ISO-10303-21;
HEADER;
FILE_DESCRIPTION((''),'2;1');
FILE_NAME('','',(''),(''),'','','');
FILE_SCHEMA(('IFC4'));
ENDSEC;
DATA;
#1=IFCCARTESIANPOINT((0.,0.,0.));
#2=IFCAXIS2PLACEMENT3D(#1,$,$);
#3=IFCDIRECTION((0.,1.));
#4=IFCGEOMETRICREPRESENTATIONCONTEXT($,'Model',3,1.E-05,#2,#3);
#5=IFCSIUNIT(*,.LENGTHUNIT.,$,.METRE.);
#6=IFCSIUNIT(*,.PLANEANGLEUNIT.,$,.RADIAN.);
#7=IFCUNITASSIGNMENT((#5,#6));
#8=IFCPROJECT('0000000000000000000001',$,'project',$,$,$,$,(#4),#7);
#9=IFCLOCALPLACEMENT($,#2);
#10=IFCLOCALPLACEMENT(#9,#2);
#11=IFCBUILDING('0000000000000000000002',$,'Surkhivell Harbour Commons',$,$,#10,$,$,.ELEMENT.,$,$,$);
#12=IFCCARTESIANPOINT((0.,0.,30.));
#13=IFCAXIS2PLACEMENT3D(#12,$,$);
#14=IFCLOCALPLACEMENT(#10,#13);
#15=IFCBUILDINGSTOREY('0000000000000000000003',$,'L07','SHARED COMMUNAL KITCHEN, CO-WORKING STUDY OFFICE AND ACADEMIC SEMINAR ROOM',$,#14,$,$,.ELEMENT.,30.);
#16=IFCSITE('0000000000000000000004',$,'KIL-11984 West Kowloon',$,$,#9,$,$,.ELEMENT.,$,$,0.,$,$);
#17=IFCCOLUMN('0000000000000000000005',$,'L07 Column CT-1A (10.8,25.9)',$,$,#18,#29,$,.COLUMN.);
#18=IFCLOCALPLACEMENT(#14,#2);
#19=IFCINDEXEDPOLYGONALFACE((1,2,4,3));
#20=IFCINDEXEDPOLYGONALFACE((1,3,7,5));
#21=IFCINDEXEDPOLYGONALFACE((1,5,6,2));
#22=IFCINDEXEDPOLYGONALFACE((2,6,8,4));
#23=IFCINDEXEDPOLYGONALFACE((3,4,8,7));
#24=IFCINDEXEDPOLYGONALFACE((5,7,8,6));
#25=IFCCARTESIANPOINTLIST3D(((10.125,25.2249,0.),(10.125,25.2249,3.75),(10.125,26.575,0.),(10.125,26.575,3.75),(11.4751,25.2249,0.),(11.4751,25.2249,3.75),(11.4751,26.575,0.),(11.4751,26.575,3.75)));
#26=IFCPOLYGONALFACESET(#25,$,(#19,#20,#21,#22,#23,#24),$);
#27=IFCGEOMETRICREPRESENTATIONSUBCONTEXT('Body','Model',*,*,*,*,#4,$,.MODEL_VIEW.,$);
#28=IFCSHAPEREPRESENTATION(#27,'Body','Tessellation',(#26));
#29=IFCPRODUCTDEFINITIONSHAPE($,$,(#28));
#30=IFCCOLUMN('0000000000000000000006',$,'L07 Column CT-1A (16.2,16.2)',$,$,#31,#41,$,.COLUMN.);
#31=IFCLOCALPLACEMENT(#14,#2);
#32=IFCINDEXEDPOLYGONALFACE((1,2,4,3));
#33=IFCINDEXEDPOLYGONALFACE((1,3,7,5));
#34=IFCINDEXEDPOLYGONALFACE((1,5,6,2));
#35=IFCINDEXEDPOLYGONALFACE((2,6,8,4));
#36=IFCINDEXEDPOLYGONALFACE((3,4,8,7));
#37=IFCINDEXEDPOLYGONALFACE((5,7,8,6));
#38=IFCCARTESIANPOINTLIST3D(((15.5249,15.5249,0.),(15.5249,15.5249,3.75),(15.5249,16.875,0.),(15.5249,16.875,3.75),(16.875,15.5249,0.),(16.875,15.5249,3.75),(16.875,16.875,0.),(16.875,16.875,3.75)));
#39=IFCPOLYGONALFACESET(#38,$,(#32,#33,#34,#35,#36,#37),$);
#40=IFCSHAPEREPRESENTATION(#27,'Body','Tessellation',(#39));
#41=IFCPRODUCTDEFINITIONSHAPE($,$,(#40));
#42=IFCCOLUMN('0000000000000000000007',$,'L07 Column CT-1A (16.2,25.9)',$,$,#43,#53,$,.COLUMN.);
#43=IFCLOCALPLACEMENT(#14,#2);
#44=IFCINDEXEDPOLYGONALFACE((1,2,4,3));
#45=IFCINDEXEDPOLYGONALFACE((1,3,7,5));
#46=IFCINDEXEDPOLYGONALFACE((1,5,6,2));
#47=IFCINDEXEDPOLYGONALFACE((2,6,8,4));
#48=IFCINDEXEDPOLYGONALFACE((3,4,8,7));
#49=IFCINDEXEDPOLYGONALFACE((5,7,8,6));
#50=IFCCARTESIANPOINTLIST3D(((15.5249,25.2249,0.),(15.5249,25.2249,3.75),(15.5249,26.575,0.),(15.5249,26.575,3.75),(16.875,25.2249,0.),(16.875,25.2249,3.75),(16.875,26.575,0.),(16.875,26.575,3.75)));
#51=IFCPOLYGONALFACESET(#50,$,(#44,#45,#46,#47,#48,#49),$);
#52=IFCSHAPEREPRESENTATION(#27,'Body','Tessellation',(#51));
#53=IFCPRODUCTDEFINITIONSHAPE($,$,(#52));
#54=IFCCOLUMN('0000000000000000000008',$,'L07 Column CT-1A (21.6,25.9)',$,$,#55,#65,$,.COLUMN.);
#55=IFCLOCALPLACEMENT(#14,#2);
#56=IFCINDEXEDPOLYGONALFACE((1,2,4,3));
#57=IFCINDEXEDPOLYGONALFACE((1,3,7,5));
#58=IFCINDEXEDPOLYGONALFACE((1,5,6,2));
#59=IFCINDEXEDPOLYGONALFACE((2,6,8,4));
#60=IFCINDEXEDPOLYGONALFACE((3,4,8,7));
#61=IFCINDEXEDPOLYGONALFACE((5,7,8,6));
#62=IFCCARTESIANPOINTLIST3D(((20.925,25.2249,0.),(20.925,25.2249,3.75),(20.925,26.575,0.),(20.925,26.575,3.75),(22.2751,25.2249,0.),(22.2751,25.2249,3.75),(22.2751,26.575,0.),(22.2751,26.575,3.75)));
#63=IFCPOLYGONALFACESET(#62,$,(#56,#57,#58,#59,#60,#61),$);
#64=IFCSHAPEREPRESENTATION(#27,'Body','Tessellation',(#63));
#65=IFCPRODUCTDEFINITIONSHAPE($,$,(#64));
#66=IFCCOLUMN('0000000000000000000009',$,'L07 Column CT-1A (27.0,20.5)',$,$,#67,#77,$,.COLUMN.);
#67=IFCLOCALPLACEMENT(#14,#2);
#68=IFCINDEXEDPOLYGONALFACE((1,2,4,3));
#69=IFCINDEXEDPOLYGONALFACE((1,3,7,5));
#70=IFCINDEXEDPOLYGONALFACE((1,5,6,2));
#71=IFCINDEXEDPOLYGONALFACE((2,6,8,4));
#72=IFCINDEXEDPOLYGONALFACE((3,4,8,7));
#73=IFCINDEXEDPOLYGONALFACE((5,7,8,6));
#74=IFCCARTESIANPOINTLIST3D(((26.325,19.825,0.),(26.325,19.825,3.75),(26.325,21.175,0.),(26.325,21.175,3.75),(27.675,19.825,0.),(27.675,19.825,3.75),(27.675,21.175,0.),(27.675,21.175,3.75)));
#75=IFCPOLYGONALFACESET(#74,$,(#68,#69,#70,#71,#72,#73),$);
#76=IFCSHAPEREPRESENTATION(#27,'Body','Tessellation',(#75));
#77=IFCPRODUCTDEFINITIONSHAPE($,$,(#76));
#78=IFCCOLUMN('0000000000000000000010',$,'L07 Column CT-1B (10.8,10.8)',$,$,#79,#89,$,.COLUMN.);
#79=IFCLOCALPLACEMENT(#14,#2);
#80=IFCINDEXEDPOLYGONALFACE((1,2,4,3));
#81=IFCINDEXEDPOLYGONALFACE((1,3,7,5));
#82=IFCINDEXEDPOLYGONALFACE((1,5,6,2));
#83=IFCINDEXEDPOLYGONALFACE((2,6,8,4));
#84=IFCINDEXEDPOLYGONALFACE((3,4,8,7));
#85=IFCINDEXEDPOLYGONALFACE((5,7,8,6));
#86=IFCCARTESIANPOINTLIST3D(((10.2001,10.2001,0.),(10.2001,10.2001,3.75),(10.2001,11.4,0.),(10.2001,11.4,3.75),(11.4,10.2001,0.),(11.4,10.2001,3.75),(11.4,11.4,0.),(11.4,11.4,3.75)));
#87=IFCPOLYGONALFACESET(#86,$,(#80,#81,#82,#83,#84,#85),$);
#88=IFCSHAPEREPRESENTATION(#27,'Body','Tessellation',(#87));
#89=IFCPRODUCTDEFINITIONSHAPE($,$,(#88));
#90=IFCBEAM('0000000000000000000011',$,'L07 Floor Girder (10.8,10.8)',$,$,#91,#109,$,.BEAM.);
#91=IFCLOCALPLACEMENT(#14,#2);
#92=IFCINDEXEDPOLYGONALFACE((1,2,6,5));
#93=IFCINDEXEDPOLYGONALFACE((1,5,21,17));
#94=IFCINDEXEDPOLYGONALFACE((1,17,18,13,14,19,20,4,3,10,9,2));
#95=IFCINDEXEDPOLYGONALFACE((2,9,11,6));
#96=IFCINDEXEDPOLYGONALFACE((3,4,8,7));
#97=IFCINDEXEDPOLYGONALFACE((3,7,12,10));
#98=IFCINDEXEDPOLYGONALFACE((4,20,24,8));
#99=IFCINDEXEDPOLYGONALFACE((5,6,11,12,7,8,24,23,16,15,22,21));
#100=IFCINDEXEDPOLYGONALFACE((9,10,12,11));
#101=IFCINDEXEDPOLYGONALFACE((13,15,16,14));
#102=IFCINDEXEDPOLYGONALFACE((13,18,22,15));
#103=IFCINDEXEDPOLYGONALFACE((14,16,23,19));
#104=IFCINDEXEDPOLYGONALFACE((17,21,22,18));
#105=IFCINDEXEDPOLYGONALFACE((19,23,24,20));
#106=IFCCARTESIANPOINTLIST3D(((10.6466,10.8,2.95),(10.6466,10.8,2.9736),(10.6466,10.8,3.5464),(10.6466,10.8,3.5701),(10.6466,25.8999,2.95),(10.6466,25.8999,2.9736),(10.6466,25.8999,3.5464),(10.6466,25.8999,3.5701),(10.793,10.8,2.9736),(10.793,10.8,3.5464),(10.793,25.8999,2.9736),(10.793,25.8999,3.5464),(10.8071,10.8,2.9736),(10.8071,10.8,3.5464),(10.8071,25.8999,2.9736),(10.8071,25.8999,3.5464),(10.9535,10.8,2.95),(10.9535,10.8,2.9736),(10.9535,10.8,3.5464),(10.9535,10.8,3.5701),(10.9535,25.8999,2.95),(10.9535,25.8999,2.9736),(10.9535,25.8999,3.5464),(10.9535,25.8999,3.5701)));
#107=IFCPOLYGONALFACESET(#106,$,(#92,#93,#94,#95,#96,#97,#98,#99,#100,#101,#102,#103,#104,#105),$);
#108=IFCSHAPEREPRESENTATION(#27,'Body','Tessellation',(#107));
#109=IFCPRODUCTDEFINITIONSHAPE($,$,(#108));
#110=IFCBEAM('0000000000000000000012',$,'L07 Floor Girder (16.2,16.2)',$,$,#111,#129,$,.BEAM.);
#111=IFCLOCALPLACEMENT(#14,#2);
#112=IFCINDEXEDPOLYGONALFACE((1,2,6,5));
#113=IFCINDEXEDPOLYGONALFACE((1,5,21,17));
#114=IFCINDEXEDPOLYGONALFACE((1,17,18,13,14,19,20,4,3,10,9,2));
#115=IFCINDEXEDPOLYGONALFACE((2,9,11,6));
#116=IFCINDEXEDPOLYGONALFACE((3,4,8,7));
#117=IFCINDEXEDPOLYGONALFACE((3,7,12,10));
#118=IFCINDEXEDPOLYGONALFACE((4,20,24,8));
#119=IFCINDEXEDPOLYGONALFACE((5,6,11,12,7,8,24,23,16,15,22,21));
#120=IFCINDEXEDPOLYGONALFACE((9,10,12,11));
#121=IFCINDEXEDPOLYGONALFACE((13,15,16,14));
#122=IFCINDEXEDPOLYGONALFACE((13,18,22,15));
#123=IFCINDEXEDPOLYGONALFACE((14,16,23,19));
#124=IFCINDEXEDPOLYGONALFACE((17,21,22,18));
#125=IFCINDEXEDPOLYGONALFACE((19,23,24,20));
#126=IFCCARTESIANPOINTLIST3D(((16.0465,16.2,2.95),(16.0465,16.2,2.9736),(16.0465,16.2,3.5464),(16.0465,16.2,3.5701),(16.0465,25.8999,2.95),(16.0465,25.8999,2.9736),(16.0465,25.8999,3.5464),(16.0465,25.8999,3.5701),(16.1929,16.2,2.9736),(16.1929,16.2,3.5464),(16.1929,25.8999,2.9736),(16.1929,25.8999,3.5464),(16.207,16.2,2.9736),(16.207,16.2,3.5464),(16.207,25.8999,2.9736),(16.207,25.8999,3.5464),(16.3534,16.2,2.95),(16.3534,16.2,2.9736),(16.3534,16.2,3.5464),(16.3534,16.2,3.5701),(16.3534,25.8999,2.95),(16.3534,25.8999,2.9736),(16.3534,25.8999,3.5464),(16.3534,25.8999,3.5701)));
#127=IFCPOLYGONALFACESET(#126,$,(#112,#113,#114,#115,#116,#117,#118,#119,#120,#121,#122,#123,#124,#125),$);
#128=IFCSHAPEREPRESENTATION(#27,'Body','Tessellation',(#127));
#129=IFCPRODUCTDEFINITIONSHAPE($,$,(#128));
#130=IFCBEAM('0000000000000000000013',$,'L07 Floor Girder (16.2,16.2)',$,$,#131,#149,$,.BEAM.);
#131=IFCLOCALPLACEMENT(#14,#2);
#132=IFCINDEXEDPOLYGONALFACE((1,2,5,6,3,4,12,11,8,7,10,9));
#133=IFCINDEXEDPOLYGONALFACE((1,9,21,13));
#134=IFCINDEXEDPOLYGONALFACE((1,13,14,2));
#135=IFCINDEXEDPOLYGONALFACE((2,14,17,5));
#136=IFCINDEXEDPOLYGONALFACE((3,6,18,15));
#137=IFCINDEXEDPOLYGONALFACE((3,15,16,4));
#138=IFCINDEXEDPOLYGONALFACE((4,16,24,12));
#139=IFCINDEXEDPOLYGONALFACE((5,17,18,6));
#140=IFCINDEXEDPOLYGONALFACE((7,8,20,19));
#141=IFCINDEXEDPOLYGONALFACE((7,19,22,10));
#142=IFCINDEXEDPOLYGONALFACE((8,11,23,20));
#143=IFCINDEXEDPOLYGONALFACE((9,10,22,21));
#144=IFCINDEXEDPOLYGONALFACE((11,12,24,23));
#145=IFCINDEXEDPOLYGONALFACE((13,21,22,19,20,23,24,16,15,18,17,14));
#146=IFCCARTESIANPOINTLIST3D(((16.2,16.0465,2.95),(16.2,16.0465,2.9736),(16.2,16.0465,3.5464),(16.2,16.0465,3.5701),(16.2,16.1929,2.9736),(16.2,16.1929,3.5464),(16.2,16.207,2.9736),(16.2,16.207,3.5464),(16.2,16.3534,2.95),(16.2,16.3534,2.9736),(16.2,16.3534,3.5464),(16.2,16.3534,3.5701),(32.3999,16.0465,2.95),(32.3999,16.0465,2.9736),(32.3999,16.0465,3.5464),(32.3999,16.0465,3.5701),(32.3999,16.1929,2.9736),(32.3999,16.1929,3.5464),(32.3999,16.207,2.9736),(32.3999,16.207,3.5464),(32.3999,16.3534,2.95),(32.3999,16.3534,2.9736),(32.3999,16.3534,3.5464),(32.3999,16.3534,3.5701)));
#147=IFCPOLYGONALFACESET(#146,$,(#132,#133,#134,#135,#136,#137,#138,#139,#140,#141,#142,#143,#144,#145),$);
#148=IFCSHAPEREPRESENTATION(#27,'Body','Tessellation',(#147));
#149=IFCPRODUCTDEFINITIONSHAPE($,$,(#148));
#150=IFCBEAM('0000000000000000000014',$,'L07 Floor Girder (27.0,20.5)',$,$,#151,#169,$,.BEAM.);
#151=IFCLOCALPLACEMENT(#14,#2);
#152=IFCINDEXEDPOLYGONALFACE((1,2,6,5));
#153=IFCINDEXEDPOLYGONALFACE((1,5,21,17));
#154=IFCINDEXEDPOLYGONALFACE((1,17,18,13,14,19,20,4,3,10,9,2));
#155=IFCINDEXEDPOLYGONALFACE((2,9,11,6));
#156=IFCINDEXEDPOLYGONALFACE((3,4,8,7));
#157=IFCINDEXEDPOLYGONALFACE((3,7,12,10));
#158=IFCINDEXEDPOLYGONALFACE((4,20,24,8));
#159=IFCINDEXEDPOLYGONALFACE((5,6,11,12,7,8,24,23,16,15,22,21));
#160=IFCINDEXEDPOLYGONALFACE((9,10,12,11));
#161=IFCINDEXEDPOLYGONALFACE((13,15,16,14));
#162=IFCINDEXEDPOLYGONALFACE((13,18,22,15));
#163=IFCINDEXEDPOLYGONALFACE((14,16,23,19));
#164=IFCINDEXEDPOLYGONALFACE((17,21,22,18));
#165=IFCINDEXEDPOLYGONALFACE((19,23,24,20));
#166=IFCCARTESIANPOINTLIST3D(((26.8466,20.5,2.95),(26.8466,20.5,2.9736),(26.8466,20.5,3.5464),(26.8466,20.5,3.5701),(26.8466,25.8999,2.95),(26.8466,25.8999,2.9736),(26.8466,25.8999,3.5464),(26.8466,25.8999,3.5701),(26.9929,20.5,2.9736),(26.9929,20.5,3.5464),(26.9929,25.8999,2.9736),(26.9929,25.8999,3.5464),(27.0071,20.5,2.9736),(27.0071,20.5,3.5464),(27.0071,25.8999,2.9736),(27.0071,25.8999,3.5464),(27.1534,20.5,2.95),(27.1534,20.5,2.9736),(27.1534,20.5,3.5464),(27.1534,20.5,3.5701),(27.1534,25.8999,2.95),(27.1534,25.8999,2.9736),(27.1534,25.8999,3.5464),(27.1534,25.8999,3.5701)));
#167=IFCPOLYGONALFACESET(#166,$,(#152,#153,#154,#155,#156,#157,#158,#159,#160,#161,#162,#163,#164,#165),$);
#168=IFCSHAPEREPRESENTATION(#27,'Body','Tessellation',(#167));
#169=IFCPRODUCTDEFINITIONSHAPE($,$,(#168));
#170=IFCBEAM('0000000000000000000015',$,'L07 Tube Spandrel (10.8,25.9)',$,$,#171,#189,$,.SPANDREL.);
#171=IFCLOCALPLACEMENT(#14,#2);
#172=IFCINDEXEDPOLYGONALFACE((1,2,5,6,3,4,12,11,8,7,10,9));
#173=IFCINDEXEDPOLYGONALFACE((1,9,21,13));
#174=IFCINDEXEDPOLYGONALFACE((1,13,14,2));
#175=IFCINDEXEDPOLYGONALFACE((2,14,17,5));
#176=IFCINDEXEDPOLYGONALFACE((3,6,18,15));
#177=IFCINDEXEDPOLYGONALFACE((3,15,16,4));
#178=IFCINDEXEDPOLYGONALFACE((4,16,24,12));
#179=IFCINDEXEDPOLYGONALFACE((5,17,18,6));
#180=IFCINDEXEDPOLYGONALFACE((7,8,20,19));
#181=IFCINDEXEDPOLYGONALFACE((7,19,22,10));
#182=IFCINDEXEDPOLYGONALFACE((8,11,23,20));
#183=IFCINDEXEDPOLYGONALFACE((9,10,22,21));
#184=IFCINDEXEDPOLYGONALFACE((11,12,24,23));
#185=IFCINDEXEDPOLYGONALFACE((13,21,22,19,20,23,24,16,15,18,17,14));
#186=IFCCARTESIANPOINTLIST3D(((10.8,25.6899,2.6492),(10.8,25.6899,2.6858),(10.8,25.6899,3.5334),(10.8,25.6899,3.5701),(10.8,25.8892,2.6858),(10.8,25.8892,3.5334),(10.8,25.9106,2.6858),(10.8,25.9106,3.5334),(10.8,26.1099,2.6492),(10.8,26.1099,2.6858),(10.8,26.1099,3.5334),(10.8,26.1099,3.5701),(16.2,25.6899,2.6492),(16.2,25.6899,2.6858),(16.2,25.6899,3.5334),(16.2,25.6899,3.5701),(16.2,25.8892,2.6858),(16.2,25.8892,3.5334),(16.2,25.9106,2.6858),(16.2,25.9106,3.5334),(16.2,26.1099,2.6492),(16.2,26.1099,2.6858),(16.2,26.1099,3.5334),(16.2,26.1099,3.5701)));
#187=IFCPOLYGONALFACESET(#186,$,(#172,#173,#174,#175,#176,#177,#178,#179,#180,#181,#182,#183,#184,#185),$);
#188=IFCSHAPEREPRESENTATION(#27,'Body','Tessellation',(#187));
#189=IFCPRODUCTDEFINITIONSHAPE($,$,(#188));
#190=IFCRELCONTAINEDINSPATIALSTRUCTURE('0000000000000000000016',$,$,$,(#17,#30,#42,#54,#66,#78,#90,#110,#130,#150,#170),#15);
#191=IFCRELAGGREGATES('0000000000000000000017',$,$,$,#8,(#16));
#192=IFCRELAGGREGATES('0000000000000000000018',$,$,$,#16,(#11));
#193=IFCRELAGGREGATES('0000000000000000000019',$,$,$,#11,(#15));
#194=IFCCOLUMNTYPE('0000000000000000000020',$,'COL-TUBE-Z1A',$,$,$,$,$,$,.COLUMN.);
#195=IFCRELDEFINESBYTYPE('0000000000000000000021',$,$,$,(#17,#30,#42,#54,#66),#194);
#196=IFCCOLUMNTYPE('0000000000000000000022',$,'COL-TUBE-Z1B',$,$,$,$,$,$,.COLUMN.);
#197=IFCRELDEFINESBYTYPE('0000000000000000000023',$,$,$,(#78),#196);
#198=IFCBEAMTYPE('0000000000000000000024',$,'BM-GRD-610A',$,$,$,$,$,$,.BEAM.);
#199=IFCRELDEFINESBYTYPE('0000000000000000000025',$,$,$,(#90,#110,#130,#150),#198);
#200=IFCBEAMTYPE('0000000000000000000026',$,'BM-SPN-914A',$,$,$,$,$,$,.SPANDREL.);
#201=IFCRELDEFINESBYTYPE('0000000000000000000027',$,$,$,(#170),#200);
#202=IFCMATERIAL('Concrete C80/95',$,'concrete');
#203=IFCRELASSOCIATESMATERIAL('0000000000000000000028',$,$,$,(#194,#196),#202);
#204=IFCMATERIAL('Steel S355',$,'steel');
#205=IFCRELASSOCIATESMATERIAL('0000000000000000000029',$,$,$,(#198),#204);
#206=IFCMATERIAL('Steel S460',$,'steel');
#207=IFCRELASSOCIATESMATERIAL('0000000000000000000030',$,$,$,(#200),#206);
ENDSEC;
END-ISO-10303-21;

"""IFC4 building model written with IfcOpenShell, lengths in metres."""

from ifc_helpers import new_model, si_unit, direction, frame, origin, origin_2d, place, context, subcontext, project, spatial, rectangle, i_section, extrude, material, material_profile, profile_set, type_object, element, save


model = new_model("IFC4")

# Units and contexts
model_context = context("Model", 3, precision=1e-05, world=origin(), true_north=direction((0.0, 1.0)))
body_context = subcontext(model_context, "Body", "Model", "MODEL_VIEW")
ifc_project = project(units=[si_unit("LENGTHUNIT", "METRE"), si_unit("PLANEANGLEUNIT", "RADIAN")], contexts=[model_context])

# Site, building, storey
site_placement = place(None, origin())
site = spatial("IfcSite", under=ifc_project, at=site_placement, Name="KIL-11984 West Kowloon", CompositionType="ELEMENT", RefElevation=0.0)
building_placement = place(site_placement, origin())
building = spatial("IfcBuilding", under=site, at=building_placement, Name="Surkhivell Harbour Commons", CompositionType="ELEMENT")
storey_placement = place(building_placement, frame((0.0, 0.0, 30.0)))
storey = spatial("IfcBuildingStorey", under=building, at=storey_placement, Name="L07", Description="SHARED COMMUNAL KITCHEN, CO-WORKING STUDY OFFICE AND ACADEMIC SEMINAR ROOM", CompositionType="ELEMENT", Elevation=30.0)

# Columns
ifc_material_1 = material(Name="Concrete C80/95", Category="concrete")
ifc_material_profile_1 = material_profile(ifc_material_1, rectangle(XDim=1.3501, YDim=1.3501, at=origin_2d()), Name="RC-COL-1350x1350")
ifc_profile_set_1 = profile_set([ifc_material_profile_1], Name="Concrete C80/95")
column_type_1 = type_object("IfcColumnType", Name="COL-TUBE-Z1A", PredefinedType="COLUMN", material=ifc_profile_set_1)
for number, where, z_axis, x_axis, name in (
    (1, (10.8, 25.8999, 0.0), (0.0, 0.0, 1.0), (1.0, 0.0, 0.0), "L07 Column CT-1A (10.8,25.9)"),
    (2, (16.2, 16.2, 0.0), (0.0, 0.0, 1.0), (1.0, 0.0, 0.0), "L07 Column CT-1A (16.2,16.2)"),
    (3, (16.2, 25.8999, 0.0), (0.0, 0.0, 1.0), (1.0, 0.0, 0.0), "L07 Column CT-1A (16.2,25.9)"),
    (4, (21.6001, 25.8999, 0.0), (0.0, 0.0, 1.0), (1.0, 0.0, 0.0), "L07 Column CT-1A (21.6,25.9)"),
    (5, (27.0, 20.5, 0.0), (0.0, 0.0, 1.0), (1.0, 0.0, 0.0), "L07 Column CT-1A (27.0,20.5)"),
):
    element("IfcColumn", number, at=place(storey_placement, frame(where, z_axis=z_axis, x_axis=x_axis)), inside=storey, type_object=column_type_1, Name=name, PredefinedType="COLUMN", context=body_context, shape_type="SweptSolid", body=[
        extrude(rectangle(XDim=1.3501, YDim=1.3501, at=origin_2d()), origin(), (0.0, 0.0, 1.0), 3.75),
    ])
ifc_material_profile_2 = material_profile(ifc_material_1, rectangle(XDim=1.2, YDim=1.2, at=origin_2d()), Name="RC-COL-1200x1200")
ifc_profile_set_2 = profile_set([ifc_material_profile_2], Name="Concrete C80/95")
column_type_2 = type_object("IfcColumnType", Name="COL-TUBE-Z1B", PredefinedType="COLUMN", material=ifc_profile_set_2)
column_placement = place(storey_placement, frame((10.8, 10.8, 0.0), z_axis=(0.0, 0.0, 1.0), x_axis=(1.0, 0.0, 0.0)))
element("IfcColumn", 6, at=column_placement, inside=storey, type_object=column_type_2, Name="L07 Column CT-1B (10.8,10.8)", PredefinedType="COLUMN", context=body_context, shape_type="SweptSolid", body=[
    extrude(rectangle(XDim=1.2, YDim=1.2, at=origin_2d()), origin(), (0.0, 0.0, 1.0), 3.75),
])

# Beams
ifc_material_2 = material(Name="Steel S355", Category="steel")
ifc_material_profile_3 = material_profile(ifc_material_2, i_section(OverallWidth=0.3069, OverallDepth=0.6201, WebThickness=0.0142, FlangeThickness=0.0237, at=origin_2d()), Name="UB610x305x179")
ifc_profile_set_3 = profile_set([ifc_material_profile_3], Name="Steel S355")
beam_type_1 = type_object("IfcBeamType", Name="BM-GRD-610A", PredefinedType="BEAM", material=ifc_profile_set_3)
beam_1_placement = place(storey_placement, frame((10.8, 10.8, 3.26), z_axis=(0.0, 1.0, 0.0), x_axis=(-1.0, 0.0, 0.0)))
element("IfcBeam", 7, at=beam_1_placement, inside=storey, type_object=beam_type_1, Name="L07 Floor Girder (10.8,10.8)", PredefinedType="BEAM", context=body_context, shape_type="SweptSolid", body=[
    extrude(i_section(OverallWidth=0.3069, OverallDepth=0.6201, WebThickness=0.0142, FlangeThickness=0.0237, at=origin_2d()), origin(), (0.0, 0.0, 1.0), 15.0999),
])
beam_2_placement = place(storey_placement, frame((16.2, 16.2, 3.26), z_axis=(0.0, 1.0, 0.0), x_axis=(-1.0, 0.0, 0.0)))
element("IfcBeam", 8, at=beam_2_placement, inside=storey, type_object=beam_type_1, Name="L07 Floor Girder (16.2,16.2)", PredefinedType="BEAM", context=body_context, shape_type="SweptSolid", body=[
    extrude(i_section(OverallWidth=0.3069, OverallDepth=0.6201, WebThickness=0.0142, FlangeThickness=0.0237, at=origin_2d()), origin(), (0.0, 0.0, 1.0), 9.7),
])
beam_3_placement = place(storey_placement, frame((16.2, 16.2, 3.26), z_axis=(1.0, 0.0, 0.0), x_axis=(0.0, 1.0, 0.0)))
element("IfcBeam", 9, at=beam_3_placement, inside=storey, type_object=beam_type_1, Name="L07 Floor Girder (16.2,16.2)", PredefinedType="BEAM", context=body_context, shape_type="SweptSolid", body=[
    extrude(i_section(OverallWidth=0.3069, OverallDepth=0.6201, WebThickness=0.0142, FlangeThickness=0.0237, at=origin_2d()), origin(), (0.0, 0.0, 1.0), 16.2),
])
beam_4_placement = place(storey_placement, frame((27.0, 20.5, 3.26), z_axis=(0.0, 1.0, 0.0), x_axis=(-1.0, 0.0, 0.0)))
element("IfcBeam", 10, at=beam_4_placement, inside=storey, type_object=beam_type_1, Name="L07 Floor Girder (27.0,20.5)", PredefinedType="BEAM", context=body_context, shape_type="SweptSolid", body=[
    extrude(i_section(OverallWidth=0.3069, OverallDepth=0.6201, WebThickness=0.0142, FlangeThickness=0.0237, at=origin_2d()), origin(), (0.0, 0.0, 1.0), 5.3999),
])
ifc_material_3 = material(Name="Steel S460", Category="steel")
ifc_material_profile_4 = material_profile(ifc_material_3, i_section(OverallWidth=0.4199, OverallDepth=0.9209, WebThickness=0.0215, FlangeThickness=0.0366, at=origin_2d()), Name="UB914x419x388")
ifc_profile_set_4 = profile_set([ifc_material_profile_4], Name="Steel S460")
beam_type_2 = type_object("IfcBeamType", Name="BM-SPN-914A", PredefinedType="SPANDREL", material=ifc_profile_set_4)
beam_5_placement = place(storey_placement, frame((10.8, 25.8999, 3.1096), z_axis=(1.0, 0.0, 0.0), x_axis=(0.0, 1.0, 0.0)))
element("IfcBeam", 11, at=beam_5_placement, inside=storey, type_object=beam_type_2, Name="L07 Tube Spandrel (10.8,25.9)", PredefinedType="SPANDREL", context=body_context, shape_type="SweptSolid", body=[
    extrude(i_section(OverallWidth=0.4199, OverallDepth=0.9209, WebThickness=0.0215, FlangeThickness=0.0366, at=origin_2d()), origin(), (0.0, 0.0, 1.0), 5.3999),
])

save(model, "model.ifc")
